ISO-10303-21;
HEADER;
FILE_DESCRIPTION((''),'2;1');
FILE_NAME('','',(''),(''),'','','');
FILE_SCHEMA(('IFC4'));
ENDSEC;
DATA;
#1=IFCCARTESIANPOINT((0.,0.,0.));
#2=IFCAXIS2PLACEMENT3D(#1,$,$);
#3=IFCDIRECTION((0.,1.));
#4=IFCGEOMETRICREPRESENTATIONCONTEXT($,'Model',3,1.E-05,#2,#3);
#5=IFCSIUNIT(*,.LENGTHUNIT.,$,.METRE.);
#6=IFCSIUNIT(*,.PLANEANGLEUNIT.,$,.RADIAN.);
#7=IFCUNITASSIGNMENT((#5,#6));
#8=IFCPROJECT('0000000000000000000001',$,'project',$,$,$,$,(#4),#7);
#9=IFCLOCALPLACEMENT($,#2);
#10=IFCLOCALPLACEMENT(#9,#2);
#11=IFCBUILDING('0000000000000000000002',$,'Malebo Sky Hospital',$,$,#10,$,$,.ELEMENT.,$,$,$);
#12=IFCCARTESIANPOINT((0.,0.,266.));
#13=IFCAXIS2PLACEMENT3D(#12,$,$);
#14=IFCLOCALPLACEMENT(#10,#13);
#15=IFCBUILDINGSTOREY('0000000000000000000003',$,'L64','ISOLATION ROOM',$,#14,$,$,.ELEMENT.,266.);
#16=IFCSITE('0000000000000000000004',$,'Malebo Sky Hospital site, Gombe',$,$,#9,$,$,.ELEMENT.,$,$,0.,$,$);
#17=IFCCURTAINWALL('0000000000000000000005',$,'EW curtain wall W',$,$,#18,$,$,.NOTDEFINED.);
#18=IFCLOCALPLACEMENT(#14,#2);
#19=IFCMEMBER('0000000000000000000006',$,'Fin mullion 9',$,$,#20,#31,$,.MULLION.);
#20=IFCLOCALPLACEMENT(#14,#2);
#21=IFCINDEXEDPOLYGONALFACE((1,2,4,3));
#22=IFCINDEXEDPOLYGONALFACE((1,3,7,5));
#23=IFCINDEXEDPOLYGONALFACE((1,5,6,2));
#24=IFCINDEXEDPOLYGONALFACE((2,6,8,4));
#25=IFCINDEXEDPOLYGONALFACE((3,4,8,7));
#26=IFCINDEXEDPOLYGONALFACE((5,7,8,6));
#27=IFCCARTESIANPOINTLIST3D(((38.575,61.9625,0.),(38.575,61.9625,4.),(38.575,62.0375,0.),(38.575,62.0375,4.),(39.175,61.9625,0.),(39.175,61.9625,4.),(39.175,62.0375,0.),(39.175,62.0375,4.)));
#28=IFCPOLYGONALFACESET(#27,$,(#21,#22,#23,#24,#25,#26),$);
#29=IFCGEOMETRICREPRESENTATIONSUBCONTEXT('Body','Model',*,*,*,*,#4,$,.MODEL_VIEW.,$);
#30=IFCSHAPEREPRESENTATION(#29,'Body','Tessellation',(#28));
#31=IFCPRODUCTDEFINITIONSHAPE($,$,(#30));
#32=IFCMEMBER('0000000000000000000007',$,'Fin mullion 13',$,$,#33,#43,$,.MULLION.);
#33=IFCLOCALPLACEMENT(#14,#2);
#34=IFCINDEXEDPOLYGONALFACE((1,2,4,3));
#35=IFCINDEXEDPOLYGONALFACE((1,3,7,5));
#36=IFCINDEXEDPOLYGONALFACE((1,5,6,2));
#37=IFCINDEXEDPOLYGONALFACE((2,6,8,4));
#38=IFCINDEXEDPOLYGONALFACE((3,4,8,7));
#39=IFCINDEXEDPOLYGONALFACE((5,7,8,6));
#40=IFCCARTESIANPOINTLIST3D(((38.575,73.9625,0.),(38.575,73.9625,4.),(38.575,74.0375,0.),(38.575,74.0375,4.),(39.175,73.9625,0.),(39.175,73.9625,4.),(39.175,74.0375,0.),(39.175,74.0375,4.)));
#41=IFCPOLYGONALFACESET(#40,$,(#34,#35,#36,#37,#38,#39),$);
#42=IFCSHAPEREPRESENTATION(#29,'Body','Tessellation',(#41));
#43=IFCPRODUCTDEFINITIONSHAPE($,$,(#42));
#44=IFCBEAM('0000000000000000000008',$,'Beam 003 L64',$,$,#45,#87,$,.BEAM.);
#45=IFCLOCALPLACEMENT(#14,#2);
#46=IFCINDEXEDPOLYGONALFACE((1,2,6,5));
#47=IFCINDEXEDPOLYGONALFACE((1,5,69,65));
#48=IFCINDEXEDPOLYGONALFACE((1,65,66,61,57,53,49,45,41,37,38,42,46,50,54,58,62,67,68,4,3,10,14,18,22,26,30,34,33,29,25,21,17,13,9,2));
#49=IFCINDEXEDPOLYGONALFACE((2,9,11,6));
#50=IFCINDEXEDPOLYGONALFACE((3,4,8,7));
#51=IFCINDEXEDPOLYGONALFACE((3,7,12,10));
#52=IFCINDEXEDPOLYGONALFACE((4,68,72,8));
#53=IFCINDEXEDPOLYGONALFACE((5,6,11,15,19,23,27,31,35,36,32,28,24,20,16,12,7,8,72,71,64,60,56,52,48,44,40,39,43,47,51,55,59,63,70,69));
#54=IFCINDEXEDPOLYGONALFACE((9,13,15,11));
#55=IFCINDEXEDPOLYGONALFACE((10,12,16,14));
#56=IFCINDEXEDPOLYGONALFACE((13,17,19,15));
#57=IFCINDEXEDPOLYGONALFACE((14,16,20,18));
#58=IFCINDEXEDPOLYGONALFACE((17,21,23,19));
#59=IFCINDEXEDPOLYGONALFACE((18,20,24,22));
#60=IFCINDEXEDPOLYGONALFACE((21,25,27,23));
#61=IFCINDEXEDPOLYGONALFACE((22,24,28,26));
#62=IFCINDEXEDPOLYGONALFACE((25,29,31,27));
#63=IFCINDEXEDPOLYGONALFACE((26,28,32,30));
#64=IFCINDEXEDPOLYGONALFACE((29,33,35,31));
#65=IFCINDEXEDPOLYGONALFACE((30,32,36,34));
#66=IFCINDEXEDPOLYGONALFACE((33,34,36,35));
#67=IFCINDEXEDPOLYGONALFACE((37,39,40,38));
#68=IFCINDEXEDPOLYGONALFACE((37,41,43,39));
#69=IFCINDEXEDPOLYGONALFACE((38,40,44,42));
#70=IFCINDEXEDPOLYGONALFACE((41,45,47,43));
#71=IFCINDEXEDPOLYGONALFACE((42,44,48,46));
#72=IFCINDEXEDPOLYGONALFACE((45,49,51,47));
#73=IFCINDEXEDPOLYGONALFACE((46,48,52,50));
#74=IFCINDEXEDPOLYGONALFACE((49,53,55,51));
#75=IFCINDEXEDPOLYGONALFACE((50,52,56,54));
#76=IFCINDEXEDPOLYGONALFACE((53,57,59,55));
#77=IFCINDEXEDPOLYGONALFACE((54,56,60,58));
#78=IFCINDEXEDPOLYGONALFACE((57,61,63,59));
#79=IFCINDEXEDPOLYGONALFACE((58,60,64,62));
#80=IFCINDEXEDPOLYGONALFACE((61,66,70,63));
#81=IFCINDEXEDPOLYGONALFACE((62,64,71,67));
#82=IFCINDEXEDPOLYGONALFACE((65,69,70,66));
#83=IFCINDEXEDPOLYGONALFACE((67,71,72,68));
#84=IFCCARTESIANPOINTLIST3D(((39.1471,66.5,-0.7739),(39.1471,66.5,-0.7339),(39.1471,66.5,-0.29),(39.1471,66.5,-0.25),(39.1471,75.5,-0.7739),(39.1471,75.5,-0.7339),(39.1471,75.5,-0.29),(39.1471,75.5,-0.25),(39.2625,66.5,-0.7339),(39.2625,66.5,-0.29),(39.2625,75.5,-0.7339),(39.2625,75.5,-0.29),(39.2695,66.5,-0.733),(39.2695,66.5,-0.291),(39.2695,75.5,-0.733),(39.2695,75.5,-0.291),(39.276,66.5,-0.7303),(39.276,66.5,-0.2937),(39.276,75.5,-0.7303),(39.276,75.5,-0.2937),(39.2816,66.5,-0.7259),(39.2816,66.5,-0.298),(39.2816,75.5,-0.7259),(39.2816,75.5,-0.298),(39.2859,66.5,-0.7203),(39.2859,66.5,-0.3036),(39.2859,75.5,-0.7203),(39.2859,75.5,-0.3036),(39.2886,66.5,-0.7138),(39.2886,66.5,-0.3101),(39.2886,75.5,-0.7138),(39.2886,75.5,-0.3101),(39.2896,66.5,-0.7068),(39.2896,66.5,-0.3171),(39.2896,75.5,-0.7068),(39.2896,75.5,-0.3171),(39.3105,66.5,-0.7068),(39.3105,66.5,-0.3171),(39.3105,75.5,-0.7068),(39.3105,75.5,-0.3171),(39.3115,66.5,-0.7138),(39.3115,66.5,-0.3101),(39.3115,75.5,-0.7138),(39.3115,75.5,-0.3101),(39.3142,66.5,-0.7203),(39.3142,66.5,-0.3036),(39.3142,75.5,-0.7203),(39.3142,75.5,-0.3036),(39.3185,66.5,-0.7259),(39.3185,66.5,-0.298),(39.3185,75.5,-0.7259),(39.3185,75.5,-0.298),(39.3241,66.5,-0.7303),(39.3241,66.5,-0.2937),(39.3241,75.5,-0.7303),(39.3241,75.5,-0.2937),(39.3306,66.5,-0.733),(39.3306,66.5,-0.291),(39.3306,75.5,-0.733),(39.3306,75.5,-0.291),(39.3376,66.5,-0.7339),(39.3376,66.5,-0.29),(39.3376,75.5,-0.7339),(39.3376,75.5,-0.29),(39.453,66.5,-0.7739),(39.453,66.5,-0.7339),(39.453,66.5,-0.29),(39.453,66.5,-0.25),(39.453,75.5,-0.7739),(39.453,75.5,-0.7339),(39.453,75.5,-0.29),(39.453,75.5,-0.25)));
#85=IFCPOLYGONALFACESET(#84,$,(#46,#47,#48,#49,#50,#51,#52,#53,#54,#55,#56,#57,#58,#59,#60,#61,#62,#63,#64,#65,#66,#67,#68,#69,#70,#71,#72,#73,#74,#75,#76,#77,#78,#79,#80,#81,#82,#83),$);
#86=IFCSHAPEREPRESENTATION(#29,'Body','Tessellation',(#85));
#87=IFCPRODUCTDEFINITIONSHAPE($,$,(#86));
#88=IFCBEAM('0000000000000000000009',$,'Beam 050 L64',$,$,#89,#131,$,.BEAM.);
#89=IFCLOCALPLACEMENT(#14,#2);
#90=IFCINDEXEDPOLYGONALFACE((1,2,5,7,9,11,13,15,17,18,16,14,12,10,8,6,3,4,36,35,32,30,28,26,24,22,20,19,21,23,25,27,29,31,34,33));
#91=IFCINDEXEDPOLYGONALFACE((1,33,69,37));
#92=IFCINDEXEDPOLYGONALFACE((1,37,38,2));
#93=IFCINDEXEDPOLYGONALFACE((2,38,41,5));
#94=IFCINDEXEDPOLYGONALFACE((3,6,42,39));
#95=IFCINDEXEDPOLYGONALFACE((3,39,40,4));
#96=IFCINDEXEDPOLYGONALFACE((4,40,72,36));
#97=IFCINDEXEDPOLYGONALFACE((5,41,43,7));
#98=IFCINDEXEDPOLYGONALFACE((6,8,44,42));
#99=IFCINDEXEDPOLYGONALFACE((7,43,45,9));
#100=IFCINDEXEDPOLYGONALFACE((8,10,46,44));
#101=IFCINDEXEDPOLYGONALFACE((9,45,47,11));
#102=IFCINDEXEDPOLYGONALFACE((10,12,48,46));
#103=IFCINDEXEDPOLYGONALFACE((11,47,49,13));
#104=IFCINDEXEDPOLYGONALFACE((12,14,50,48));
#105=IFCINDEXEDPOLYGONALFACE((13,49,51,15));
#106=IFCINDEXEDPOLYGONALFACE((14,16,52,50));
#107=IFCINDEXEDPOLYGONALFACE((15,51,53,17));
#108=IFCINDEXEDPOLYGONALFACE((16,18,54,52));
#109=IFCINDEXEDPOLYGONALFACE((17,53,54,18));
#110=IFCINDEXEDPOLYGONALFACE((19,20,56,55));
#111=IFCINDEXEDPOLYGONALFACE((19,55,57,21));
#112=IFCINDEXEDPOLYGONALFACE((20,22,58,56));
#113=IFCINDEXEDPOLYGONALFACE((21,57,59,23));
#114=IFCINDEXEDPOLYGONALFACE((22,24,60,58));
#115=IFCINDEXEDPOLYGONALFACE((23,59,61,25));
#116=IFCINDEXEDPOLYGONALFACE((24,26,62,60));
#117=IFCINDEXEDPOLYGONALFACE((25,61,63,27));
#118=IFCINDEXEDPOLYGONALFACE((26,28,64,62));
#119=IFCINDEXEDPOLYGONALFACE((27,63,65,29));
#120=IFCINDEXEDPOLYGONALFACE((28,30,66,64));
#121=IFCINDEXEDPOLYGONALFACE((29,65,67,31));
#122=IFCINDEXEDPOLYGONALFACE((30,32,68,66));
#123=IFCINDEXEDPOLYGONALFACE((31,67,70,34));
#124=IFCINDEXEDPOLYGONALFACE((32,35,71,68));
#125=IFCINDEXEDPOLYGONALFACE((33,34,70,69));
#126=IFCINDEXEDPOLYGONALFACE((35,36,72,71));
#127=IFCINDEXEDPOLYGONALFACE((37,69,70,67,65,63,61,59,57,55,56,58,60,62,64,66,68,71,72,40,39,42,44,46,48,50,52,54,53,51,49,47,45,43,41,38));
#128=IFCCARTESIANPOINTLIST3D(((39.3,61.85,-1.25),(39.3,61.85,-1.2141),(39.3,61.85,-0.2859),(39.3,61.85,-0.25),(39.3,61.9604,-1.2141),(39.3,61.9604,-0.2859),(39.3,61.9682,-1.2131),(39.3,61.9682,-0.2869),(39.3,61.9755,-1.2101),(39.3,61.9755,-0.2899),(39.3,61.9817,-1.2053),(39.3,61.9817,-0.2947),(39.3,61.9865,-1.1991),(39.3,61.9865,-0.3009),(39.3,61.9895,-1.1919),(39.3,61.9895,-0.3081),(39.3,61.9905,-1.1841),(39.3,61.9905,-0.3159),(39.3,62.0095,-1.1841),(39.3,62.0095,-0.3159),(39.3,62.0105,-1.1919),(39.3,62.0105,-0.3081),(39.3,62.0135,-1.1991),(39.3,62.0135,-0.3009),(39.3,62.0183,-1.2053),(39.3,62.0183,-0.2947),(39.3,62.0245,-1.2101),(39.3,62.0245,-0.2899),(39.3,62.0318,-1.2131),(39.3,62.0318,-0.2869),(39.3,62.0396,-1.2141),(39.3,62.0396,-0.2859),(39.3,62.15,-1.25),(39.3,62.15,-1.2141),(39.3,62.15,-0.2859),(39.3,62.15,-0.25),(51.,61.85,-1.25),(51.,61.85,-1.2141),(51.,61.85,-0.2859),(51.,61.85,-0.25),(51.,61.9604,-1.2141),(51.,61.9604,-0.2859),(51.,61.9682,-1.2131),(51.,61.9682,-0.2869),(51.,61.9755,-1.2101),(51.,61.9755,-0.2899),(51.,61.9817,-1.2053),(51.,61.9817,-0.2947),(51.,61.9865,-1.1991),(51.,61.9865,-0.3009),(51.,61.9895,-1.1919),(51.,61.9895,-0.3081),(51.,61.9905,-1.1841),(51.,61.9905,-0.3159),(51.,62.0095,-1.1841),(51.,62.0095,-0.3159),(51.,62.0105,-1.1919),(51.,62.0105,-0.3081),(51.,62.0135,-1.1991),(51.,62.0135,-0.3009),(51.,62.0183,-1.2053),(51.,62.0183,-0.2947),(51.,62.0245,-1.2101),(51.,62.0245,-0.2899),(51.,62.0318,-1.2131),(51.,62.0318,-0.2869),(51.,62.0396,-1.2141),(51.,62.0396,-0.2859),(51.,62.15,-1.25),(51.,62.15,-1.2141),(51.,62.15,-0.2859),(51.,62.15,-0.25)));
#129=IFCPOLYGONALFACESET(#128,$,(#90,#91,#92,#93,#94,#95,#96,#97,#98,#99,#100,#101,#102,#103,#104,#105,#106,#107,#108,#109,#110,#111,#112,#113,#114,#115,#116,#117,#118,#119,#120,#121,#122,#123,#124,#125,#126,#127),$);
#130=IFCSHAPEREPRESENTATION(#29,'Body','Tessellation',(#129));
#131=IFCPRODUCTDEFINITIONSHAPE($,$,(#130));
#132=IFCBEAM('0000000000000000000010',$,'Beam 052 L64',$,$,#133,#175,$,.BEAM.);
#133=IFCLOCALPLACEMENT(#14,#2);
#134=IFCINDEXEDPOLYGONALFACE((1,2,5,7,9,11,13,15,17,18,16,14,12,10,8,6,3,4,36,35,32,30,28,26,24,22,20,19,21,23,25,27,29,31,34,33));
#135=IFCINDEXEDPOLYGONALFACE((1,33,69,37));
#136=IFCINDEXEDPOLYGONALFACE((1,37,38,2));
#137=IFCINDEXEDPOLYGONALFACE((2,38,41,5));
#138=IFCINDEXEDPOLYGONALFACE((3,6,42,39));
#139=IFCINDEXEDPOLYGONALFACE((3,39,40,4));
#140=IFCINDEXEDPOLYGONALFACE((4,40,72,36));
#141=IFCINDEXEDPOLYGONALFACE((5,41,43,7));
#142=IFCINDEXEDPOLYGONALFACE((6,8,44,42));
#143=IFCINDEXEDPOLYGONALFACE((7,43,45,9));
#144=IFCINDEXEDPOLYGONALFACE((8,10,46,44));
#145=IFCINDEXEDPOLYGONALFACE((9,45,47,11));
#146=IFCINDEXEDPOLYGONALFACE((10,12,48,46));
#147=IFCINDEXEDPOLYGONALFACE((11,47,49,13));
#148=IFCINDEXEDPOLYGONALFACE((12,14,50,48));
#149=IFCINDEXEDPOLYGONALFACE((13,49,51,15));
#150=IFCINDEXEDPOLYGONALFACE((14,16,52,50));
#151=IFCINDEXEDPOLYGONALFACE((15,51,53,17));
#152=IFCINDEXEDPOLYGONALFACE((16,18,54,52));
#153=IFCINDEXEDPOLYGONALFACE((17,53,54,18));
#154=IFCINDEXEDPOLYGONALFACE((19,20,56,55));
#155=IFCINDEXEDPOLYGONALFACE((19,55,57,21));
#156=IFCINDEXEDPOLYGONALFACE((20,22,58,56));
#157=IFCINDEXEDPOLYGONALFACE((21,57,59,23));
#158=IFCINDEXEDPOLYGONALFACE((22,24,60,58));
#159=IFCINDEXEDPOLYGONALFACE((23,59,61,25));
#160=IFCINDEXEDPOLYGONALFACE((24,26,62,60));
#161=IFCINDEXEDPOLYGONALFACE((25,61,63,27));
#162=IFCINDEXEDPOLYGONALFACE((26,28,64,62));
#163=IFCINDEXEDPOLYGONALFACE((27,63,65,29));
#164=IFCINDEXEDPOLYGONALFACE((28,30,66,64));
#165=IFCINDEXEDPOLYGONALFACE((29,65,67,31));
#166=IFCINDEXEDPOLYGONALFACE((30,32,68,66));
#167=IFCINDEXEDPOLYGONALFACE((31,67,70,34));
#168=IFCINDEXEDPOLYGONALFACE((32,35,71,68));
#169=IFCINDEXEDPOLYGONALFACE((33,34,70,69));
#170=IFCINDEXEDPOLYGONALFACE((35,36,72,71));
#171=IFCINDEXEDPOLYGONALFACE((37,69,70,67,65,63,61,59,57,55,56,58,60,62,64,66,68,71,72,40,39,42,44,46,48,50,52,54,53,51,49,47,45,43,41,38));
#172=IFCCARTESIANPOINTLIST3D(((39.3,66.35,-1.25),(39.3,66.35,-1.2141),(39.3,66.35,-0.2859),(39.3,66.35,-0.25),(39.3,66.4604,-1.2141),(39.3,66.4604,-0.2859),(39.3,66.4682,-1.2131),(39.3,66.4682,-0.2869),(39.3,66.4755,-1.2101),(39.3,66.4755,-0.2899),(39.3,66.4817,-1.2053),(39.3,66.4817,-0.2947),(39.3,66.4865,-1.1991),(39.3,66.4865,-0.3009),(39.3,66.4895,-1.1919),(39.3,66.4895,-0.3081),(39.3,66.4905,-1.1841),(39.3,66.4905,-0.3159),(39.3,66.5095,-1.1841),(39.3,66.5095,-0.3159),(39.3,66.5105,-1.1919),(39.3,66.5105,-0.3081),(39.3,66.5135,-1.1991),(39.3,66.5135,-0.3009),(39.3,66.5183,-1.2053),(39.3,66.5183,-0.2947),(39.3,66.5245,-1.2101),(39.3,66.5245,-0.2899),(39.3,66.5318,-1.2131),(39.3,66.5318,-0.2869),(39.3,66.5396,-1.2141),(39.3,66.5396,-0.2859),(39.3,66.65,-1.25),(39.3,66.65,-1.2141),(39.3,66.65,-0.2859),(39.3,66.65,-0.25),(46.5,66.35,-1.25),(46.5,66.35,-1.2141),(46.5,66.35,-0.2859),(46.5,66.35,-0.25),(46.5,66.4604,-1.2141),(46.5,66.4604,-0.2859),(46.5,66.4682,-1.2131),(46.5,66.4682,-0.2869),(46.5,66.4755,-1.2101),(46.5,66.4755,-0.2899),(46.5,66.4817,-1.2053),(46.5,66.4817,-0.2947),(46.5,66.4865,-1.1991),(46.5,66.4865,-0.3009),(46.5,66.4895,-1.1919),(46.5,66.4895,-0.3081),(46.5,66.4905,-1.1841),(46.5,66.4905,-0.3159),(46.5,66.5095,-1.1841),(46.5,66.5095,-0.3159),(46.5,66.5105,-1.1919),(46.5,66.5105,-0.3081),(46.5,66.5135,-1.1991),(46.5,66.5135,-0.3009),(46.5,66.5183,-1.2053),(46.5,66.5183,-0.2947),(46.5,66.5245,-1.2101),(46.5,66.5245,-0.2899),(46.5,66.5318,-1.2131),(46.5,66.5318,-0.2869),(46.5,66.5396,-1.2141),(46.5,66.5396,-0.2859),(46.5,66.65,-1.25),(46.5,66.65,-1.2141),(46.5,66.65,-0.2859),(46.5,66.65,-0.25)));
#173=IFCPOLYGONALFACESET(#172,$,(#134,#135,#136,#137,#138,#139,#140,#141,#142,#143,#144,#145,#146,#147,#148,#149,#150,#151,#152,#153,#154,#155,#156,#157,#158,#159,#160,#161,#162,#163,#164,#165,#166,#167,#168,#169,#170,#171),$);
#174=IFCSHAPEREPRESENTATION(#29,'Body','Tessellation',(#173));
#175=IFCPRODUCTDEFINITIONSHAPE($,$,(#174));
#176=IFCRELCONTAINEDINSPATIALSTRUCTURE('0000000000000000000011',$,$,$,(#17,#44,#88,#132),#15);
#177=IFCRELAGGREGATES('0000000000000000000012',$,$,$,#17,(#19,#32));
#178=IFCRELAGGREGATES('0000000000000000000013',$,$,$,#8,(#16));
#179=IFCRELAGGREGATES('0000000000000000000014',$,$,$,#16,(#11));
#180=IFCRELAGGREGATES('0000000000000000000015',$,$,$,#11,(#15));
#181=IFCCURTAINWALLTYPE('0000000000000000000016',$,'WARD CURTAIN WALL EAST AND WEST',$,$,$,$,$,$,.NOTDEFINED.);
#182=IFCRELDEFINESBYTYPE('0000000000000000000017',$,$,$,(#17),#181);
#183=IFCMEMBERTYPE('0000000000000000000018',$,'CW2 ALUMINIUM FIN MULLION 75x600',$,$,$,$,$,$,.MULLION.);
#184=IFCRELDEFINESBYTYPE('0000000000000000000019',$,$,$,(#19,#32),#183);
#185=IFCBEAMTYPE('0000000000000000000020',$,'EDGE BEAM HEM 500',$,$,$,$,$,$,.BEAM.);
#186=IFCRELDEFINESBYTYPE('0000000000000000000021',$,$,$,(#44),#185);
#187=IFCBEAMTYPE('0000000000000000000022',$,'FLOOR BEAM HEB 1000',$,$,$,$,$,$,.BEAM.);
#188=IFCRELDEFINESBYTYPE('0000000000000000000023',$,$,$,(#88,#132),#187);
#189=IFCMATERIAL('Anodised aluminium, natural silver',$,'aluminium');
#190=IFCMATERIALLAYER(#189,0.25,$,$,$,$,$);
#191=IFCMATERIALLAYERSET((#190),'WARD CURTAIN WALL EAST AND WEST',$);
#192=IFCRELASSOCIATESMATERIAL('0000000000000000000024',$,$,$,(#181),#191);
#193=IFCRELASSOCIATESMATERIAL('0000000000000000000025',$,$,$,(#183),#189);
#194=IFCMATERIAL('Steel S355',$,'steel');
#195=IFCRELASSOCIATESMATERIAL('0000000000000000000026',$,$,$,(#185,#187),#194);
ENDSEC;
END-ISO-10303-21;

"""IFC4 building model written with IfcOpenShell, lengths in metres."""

from ifc_helpers import new_model, si_unit, direction, frame, origin, origin_2d, place, context, subcontext, project, spatial, rectangle, i_section, extrude, material, layer, layer_set, material_profile, profile_set, type_object, element, aggregate, save


model = new_model("IFC4")

# Units and contexts
model_context = context("Model", 3, precision=1e-05, world=origin(), true_north=direction((0.0, 1.0)))
body_context = subcontext(model_context, "Body", "Model", "MODEL_VIEW")
ifc_project = project(units=[si_unit("LENGTHUNIT", "METRE"), si_unit("PLANEANGLEUNIT", "RADIAN")], contexts=[model_context])

# Site, building, storey
site_placement = place(None, origin())
site = spatial("IfcSite", under=ifc_project, at=site_placement, Name="Malebo Sky Hospital site, Gombe", CompositionType="ELEMENT", RefElevation=0.0)
building_placement = place(site_placement, origin())
building = spatial("IfcBuilding", under=site, at=building_placement, Name="Malebo Sky Hospital", CompositionType="ELEMENT")
storey_placement = place(building_placement, frame((0.0, 0.0, 266.0)))
storey = spatial("IfcBuildingStorey", under=building, at=storey_placement, Name="L64", Description="ISOLATION ROOM", CompositionType="ELEMENT", Elevation=266.0)

# Curtain wall
ifc_material_1 = material(Name="Anodised aluminium, natural silver", Category="aluminium")
ifc_layer_1 = layer(ifc_material_1, 0.25)
ifc_layer_set_1 = layer_set([ifc_layer_1], Name="WARD CURTAIN WALL EAST AND WEST")
curtain_wall_type = type_object("IfcCurtainWallType", Name="WARD CURTAIN WALL EAST AND WEST", PredefinedType="NOTDEFINED", material=ifc_layer_set_1)
curtain_wall_placement = place(storey_placement, origin())
curtain_wall = element("IfcCurtainWall", 1, at=curtain_wall_placement, inside=storey, type_object=curtain_wall_type, Name="EW curtain wall W", PredefinedType="NOTDEFINED")

# Members
ifc_material_2 = material(Name="Steel S355", Category="steel")
ifc_material_profile_1 = material_profile(ifc_material_1, rectangle(XDim=0.075, YDim=0.6001, at=origin_2d()), Name="CW2 ALUMINIUM FIN MULLION 75x600")
ifc_profile_set_1 = profile_set([ifc_material_profile_1], Name="Anodised aluminium, natural silver")
member_type_1 = type_object("IfcMemberType", Name="CW2 ALUMINIUM FIN MULLION 75x600", PredefinedType="MULLION", material=ifc_profile_set_1)
member_1_placement = place(storey_placement, frame((38.875, 62.0, 0.0), z_axis=(0.0, 0.0, 1.0), x_axis=(0.0, 1.0, 0.0)))
member_1 = element("IfcMember", 2, at=member_1_placement, type_object=member_type_1, Name="Fin mullion 9", PredefinedType="MULLION", context=body_context, shape_type="SweptSolid", body=[
    extrude(rectangle(XDim=0.075, YDim=0.6001, at=origin_2d()), origin(), (0.0, 0.0, 1.0), 4.0),
])
member_2_placement = place(storey_placement, frame((38.875, 74.0, 0.0), z_axis=(0.0, 0.0, 1.0), x_axis=(0.0, 1.0, 0.0)))
member_2 = element("IfcMember", 3, at=member_2_placement, type_object=member_type_1, Name="Fin mullion 13", PredefinedType="MULLION", context=body_context, shape_type="SweptSolid", body=[
    extrude(rectangle(XDim=0.075, YDim=0.6001, at=origin_2d()), origin(), (0.0, 0.0, 1.0), 4.0),
])

# Beams
ifc_material_profile_2 = material_profile(ifc_material_2, i_section(OverallWidth=0.3059, OverallDepth=0.5239, WebThickness=0.021, FlangeThickness=0.04, FilletRadius=0.0271, at=origin_2d()), Name="HEM 500")
ifc_profile_set_2 = profile_set([ifc_material_profile_2], Name="Steel S355")
beam_type_1 = type_object("IfcBeamType", Name="EDGE BEAM HEM 500", PredefinedType="BEAM", material=ifc_profile_set_2)
beam_1_placement = place(storey_placement, frame((39.3, 66.5, -0.512), z_axis=(0.0, 1.0, 0.0), x_axis=(-1.0, 0.0, 0.0)))
element("IfcBeam", 4, at=beam_1_placement, inside=storey, type_object=beam_type_1, Name="Beam 003 L64", PredefinedType="BEAM", context=body_context, shape_type="SweptSolid", body=[
    extrude(i_section(OverallWidth=0.3059, OverallDepth=0.5239, WebThickness=0.021, FlangeThickness=0.04, FilletRadius=0.0271, at=origin_2d()), origin(), (0.0, 0.0, 1.0), 9.0),
])
ifc_material_profile_3 = material_profile(ifc_material_2, i_section(OverallWidth=0.3, OverallDepth=1.0, WebThickness=0.019, FlangeThickness=0.0359, FilletRadius=0.03, at=origin_2d()), Name="HEB 1000")
ifc_profile_set_3 = profile_set([ifc_material_profile_3], Name="Steel S355")
beam_type_2 = type_object("IfcBeamType", Name="FLOOR BEAM HEB 1000", PredefinedType="BEAM", material=ifc_profile_set_3)
beam_2_placement = place(storey_placement, frame((39.3, 62.0, -0.75), z_axis=(1.0, 0.0, 0.0), x_axis=(0.0, 1.0, 0.0)))
element("IfcBeam", 5, at=beam_2_placement, inside=storey, type_object=beam_type_2, Name="Beam 050 L64", PredefinedType="BEAM", context=body_context, shape_type="SweptSolid", body=[
    extrude(i_section(OverallWidth=0.3, OverallDepth=1.0, WebThickness=0.019, FlangeThickness=0.0359, FilletRadius=0.03, at=origin_2d()), origin(), (0.0, 0.0, 1.0), 11.7),
])
beam_3_placement = place(storey_placement, frame((39.3, 66.5, -0.75), z_axis=(1.0, 0.0, 0.0), x_axis=(0.0, 1.0, 0.0)))
element("IfcBeam", 6, at=beam_3_placement, inside=storey, type_object=beam_type_2, Name="Beam 052 L64", PredefinedType="BEAM", context=body_context, shape_type="SweptSolid", body=[
    extrude(i_section(OverallWidth=0.3, OverallDepth=1.0, WebThickness=0.019, FlangeThickness=0.0359, FilletRadius=0.03, at=origin_2d()), origin(), (0.0, 0.0, 1.0), 7.2),
])

aggregate(curtain_wall, [member_1, member_2])

save(model, "model.ifc")
